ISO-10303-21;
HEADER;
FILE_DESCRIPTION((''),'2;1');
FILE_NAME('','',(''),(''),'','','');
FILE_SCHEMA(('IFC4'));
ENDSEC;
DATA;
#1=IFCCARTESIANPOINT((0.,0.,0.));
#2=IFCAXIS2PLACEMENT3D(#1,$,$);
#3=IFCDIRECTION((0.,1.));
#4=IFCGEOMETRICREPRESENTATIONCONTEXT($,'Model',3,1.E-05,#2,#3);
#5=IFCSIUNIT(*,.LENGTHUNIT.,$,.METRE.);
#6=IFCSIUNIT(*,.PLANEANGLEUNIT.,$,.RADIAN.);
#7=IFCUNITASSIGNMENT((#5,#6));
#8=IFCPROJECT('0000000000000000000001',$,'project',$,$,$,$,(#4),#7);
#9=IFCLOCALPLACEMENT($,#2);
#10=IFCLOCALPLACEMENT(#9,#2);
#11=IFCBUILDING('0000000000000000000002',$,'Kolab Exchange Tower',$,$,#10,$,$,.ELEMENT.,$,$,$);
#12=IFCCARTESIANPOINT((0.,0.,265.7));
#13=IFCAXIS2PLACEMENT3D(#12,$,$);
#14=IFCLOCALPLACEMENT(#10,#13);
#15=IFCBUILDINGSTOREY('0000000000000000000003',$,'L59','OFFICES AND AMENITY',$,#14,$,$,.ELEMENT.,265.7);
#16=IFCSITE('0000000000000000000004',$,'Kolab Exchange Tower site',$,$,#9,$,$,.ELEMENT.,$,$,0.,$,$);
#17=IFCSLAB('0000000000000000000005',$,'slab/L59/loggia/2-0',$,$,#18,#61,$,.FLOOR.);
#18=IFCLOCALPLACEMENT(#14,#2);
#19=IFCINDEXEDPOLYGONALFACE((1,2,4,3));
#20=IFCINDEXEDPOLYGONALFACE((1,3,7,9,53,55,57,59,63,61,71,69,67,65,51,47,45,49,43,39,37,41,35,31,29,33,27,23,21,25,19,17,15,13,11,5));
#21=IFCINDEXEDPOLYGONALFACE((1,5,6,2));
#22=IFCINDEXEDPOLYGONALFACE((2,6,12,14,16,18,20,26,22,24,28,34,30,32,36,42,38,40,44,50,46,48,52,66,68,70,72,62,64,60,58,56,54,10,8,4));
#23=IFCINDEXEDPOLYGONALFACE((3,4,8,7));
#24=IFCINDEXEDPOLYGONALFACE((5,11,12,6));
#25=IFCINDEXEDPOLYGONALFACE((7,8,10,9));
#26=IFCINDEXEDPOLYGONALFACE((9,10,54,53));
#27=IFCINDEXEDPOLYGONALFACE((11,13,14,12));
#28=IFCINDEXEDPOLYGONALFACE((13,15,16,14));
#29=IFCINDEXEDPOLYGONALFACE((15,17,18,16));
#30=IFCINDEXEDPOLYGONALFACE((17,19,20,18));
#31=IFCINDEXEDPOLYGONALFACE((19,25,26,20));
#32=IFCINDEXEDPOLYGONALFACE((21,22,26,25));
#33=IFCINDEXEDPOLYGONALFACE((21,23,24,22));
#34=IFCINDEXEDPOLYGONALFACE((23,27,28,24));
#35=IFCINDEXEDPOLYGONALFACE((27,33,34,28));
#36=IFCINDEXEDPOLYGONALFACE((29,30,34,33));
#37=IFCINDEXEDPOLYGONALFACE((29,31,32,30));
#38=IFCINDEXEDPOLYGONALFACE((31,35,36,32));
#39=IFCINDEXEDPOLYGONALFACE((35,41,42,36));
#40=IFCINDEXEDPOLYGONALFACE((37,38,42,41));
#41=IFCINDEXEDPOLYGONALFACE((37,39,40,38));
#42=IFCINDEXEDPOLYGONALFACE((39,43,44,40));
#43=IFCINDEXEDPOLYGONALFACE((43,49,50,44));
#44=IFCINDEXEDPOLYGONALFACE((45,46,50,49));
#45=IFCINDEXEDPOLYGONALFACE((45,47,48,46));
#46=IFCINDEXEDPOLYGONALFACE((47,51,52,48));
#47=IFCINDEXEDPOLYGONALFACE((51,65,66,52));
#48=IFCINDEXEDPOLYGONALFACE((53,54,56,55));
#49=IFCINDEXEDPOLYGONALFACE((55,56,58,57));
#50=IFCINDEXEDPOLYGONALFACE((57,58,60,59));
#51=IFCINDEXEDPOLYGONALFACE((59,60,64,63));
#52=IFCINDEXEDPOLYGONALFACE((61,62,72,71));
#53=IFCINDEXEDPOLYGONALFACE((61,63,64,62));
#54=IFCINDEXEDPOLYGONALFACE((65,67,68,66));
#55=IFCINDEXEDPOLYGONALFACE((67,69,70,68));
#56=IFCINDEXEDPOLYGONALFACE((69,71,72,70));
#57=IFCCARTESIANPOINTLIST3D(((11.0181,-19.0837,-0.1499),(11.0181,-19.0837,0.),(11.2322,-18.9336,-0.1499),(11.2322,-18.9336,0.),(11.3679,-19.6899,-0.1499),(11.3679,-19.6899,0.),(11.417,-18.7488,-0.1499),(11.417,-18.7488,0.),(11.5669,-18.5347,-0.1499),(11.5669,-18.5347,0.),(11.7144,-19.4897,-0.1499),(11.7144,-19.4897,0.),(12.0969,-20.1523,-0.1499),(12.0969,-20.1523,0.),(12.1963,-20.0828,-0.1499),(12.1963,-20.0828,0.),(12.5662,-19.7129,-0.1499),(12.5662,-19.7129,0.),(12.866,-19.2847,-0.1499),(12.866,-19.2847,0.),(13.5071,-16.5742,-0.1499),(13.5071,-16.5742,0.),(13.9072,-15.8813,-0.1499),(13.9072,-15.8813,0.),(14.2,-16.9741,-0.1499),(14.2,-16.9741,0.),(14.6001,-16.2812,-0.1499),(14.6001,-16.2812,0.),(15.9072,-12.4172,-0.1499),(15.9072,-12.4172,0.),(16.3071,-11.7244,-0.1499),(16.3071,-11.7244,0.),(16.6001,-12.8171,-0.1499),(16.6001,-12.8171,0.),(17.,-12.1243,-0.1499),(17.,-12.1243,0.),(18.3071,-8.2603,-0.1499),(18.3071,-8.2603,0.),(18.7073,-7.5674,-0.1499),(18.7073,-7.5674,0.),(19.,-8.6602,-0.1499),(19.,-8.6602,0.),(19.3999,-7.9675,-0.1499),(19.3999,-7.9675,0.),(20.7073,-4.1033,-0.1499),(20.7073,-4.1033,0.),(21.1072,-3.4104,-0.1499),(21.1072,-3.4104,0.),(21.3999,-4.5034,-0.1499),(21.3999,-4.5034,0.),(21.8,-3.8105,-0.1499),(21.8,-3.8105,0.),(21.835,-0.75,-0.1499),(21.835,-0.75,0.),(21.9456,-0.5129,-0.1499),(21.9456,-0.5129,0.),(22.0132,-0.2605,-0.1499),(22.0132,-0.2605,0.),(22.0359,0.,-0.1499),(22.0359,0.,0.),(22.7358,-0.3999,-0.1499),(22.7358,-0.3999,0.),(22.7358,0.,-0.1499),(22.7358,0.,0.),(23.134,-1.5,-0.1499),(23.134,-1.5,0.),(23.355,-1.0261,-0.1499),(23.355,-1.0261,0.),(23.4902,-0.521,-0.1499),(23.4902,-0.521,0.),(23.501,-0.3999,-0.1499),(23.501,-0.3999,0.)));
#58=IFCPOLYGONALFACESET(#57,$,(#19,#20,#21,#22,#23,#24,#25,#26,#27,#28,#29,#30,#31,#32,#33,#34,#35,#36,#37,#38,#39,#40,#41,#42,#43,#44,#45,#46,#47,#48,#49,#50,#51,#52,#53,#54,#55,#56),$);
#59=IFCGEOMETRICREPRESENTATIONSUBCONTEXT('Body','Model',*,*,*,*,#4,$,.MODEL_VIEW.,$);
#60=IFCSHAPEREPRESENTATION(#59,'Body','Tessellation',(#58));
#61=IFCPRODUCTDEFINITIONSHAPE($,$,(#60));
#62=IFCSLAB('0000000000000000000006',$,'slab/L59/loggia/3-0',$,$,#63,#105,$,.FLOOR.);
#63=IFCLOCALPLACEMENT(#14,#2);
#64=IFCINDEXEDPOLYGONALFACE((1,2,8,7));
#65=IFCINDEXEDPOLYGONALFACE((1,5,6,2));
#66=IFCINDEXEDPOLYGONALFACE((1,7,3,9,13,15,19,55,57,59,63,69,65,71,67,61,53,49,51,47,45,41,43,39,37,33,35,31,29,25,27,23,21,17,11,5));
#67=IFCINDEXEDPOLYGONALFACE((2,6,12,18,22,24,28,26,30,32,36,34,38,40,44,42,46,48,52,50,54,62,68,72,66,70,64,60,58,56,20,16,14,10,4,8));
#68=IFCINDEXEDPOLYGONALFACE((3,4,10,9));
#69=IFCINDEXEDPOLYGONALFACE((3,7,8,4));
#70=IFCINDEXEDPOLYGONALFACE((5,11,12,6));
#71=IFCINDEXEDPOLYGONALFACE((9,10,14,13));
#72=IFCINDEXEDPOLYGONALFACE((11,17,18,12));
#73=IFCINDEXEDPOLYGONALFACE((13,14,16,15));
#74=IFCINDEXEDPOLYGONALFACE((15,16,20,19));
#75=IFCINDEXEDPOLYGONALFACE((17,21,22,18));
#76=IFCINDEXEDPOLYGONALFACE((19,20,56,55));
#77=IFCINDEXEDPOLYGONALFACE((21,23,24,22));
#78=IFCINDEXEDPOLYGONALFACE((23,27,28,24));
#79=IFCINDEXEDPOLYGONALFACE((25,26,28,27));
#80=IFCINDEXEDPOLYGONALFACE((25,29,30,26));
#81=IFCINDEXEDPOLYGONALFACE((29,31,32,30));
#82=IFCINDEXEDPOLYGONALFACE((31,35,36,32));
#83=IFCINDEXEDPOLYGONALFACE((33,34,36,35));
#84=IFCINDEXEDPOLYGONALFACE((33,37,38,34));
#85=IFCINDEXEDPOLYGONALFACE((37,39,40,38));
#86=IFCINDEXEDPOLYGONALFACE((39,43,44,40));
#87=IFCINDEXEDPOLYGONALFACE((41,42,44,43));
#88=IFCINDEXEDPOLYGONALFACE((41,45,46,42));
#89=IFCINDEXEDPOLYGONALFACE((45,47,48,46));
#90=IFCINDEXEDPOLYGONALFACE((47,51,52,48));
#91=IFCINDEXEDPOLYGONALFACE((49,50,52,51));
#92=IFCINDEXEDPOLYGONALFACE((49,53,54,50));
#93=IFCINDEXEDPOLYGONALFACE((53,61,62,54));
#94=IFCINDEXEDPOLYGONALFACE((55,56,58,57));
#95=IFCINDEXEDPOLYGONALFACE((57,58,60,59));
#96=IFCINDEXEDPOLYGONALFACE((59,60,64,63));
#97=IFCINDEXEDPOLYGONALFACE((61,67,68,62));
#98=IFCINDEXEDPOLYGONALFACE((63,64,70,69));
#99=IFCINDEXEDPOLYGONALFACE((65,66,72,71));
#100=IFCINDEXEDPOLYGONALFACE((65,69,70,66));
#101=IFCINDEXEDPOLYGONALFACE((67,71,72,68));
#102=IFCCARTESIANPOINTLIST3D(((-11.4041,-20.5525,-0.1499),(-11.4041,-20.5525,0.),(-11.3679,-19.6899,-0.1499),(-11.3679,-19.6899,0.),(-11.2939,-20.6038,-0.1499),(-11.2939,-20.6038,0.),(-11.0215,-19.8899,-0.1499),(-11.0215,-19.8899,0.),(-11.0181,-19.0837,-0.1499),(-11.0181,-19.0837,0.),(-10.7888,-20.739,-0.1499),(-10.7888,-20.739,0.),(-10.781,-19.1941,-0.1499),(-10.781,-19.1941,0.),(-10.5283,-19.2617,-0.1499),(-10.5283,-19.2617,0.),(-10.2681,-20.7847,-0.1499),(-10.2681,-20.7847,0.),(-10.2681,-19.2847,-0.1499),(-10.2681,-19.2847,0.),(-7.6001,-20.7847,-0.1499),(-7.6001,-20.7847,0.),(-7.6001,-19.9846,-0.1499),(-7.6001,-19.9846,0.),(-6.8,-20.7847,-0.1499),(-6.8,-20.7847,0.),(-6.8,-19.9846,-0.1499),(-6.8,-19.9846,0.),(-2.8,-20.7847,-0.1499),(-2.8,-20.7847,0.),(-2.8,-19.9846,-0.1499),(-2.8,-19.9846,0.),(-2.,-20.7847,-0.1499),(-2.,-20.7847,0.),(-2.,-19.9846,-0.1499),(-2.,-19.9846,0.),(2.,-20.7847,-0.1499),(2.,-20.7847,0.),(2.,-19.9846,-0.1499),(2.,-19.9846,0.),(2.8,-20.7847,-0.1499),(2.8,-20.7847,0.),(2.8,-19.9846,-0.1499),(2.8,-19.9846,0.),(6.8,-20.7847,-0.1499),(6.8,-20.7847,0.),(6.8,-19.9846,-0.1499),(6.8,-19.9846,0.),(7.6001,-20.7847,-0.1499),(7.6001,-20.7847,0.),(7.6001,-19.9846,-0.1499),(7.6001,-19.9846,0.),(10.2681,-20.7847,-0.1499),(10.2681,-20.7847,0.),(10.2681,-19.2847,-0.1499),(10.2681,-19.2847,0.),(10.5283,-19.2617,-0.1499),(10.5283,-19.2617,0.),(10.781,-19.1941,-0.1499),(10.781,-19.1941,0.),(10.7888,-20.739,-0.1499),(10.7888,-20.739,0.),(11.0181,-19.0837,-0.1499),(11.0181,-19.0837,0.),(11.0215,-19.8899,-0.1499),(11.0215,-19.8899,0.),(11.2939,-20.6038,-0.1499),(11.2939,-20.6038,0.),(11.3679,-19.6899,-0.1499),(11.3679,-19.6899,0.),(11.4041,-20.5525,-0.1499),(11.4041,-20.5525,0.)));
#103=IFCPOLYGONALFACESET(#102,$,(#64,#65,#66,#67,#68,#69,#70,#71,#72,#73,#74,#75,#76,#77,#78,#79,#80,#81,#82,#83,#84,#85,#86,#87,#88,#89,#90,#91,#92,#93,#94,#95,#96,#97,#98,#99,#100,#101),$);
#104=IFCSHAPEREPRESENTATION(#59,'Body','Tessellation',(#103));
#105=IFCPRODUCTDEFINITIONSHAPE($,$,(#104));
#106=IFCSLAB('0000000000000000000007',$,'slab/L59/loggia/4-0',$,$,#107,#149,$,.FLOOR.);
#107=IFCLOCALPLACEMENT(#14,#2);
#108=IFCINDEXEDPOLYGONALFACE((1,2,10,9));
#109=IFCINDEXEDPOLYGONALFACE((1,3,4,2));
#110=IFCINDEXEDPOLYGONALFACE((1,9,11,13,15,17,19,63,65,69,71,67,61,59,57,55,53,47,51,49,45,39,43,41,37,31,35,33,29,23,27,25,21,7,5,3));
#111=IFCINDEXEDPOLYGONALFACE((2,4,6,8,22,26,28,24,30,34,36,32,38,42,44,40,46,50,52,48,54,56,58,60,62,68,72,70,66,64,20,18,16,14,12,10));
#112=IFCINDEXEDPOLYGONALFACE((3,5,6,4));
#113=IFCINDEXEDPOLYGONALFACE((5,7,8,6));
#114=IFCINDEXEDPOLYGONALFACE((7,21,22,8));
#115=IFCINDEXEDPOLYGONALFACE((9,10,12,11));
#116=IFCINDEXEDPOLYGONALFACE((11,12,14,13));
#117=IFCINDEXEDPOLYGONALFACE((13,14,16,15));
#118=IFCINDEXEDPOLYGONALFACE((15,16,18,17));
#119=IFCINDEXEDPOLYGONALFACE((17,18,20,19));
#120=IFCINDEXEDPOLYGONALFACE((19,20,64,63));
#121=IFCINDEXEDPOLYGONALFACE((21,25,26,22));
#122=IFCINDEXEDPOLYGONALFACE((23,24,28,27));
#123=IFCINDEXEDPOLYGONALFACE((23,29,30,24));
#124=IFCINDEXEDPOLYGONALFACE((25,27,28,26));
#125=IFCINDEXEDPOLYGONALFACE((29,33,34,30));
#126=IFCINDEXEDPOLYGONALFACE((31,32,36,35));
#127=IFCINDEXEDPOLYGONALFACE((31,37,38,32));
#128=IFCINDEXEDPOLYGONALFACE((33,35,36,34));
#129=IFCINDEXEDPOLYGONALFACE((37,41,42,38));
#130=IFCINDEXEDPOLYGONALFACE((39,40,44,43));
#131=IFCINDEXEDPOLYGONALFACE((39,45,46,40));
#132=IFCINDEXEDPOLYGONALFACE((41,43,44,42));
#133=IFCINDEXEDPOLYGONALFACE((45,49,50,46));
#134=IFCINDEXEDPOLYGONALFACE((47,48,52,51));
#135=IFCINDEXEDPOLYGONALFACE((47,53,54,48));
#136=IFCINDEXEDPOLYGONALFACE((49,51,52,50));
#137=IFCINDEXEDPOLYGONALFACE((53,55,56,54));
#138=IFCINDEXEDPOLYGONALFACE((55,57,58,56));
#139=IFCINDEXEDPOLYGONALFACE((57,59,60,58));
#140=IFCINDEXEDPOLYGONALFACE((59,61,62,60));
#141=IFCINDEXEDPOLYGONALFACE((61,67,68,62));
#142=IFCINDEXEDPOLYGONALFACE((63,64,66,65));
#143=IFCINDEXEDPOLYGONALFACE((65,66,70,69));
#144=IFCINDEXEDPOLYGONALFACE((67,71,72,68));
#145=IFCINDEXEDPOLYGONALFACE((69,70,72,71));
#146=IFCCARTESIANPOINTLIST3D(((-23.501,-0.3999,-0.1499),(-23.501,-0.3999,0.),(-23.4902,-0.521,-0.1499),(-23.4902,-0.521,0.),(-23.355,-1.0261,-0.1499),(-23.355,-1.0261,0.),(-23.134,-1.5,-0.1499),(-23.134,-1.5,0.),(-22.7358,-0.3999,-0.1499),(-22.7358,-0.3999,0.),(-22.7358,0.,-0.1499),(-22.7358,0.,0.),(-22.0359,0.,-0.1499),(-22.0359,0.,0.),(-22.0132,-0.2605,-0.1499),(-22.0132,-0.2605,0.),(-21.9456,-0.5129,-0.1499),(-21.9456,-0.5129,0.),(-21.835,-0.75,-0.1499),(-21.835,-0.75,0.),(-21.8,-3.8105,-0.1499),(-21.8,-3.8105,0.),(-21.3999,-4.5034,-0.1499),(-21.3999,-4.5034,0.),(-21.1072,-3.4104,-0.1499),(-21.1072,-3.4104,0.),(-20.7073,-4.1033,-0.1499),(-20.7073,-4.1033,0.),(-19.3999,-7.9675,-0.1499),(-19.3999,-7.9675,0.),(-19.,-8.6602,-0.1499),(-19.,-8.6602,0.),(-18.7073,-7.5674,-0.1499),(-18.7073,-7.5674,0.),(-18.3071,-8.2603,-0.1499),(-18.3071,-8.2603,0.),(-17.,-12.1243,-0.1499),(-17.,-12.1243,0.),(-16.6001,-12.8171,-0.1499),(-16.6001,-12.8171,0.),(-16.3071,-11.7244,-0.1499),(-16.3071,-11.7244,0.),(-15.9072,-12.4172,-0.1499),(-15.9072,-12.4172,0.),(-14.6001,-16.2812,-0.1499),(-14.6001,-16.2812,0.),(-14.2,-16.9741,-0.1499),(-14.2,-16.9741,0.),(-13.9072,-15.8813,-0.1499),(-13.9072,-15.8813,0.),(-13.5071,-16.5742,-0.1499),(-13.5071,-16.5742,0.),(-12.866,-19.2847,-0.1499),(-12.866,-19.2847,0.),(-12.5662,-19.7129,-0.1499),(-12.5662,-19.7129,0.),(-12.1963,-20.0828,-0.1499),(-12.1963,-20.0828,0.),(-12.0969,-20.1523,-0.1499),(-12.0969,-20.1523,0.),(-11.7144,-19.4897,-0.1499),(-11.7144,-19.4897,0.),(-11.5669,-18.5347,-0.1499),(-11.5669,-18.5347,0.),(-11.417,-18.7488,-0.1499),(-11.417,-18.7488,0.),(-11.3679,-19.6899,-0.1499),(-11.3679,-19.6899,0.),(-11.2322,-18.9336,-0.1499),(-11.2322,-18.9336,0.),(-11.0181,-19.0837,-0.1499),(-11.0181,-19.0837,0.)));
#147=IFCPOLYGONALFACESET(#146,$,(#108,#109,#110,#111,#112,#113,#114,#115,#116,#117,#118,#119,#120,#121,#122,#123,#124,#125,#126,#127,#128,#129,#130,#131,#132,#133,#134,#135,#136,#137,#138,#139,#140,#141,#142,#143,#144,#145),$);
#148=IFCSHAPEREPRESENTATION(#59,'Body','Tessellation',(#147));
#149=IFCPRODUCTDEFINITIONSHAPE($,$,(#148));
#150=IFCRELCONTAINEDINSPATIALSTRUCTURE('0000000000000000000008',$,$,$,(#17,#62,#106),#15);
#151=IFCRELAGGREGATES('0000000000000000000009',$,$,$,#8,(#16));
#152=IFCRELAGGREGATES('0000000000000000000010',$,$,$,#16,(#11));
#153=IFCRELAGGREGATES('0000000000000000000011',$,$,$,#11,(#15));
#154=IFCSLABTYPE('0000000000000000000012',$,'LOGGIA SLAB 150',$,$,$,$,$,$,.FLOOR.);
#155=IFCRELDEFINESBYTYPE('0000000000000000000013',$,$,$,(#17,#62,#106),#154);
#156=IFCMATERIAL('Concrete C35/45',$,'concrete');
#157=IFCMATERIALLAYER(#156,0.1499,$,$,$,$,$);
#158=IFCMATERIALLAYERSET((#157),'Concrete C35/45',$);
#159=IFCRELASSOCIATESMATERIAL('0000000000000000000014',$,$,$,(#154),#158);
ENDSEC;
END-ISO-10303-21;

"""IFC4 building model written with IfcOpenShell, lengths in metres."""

from ifc_helpers import new_model, si_unit, direction, frame, origin, place, context, subcontext, project, spatial, polyline, outline, extrude, material, layer, layer_set, type_object, element, save


model = new_model("IFC4")

# Units and contexts
model_context = context("Model", 3, precision=1e-05, world=origin(), true_north=direction((0.0, 1.0)))
body_context = subcontext(model_context, "Body", "Model", "MODEL_VIEW")
ifc_project = project(units=[si_unit("LENGTHUNIT", "METRE"), si_unit("PLANEANGLEUNIT", "RADIAN")], contexts=[model_context])

# Site, building, storey
site_placement = place(None, origin())
site = spatial("IfcSite", under=ifc_project, at=site_placement, Name="Kolab Exchange Tower site", CompositionType="ELEMENT", RefElevation=0.0)
building_placement = place(site_placement, origin())
building = spatial("IfcBuilding", under=site, at=building_placement, Name="Kolab Exchange Tower", CompositionType="ELEMENT")
storey_placement = place(building_placement, frame((0.0, 0.0, 265.7)))
storey = spatial("IfcBuildingStorey", under=building, at=storey_placement, Name="L59", Description="OFFICES AND AMENITY", CompositionType="ELEMENT", Elevation=265.7)

# Slabs
ifc_material_1 = material(Name="Concrete C35/45", Category="concrete")
ifc_layer_1 = layer(ifc_material_1, 0.1499)
ifc_layer_set_1 = layer_set([ifc_layer_1], Name="Concrete C35/45")
slab_type_1 = type_object("IfcSlabType", Name="LOGGIA SLAB 150", PredefinedType="FLOOR", material=ifc_layer_set_1)
slab_1_placement = place(storey_placement, frame((0.0, 0.0, -0.1499)))
element("IfcSlab", 1, at=slab_1_placement, inside=storey, type_object=slab_type_1, Name="slab/L59/loggia/2-0", PredefinedType="FLOOR", context=body_context, shape_type="SweptSolid", body=[
    extrude(outline(polyline([(12.866, -19.2847), (14.2, -16.9741), (13.5071, -16.5742), (13.9072, -15.8813), (14.6001, -16.2812), (16.6001, -12.8171), (15.9072, -12.4172), (16.3071, -11.7244), (17.0, -12.1243), (19.0, -8.6602), (18.3071, -8.2603), (18.7073, -7.5674), (19.3999, -7.9675), (21.3999, -4.5034), (20.7073, -4.1033), (21.1072, -3.4104), (21.8, -3.8105), (23.134, -1.5), (23.355, -1.0261), (23.4902, -0.521), (23.501, -0.3999), (22.7358, -0.3999), (22.7358, 0.0), (22.0359, 0.0), (22.0132, -0.2605), (21.9456, -0.5129), (21.835, -0.75), (11.5669, -18.5347), (11.417, -18.7488), (11.2322, -18.9336), (11.0181, -19.0837), (11.3679, -19.6899), (11.7144, -19.4897), (12.0969, -20.1523), (12.1963, -20.0828), (12.5662, -19.7129), (12.866, -19.2847)])), origin(), (0.0, 0.0, 1.0), 0.1499),
])
slab_2_placement = place(storey_placement, frame((0.0, 0.0, -0.1499)))
element("IfcSlab", 2, at=slab_2_placement, inside=storey, type_object=slab_type_1, Name="slab/L59/loggia/3-0", PredefinedType="FLOOR", context=body_context, shape_type="SweptSolid", body=[
    extrude(outline(polyline([(-11.0181, -19.0837), (-11.3679, -19.6899), (-11.0215, -19.8899), (-11.4041, -20.5525), (-11.2939, -20.6038), (-10.7888, -20.739), (-10.2681, -20.7847), (-7.6001, -20.7847), (-7.6001, -19.9846), (-6.8, -19.9846), (-6.8, -20.7847), (-2.8, -20.7847), (-2.8, -19.9846), (-2.0, -19.9846), (-2.0, -20.7847), (2.0, -20.7847), (2.0, -19.9846), (2.8, -19.9846), (2.8, -20.7847), (6.8, -20.7847), (6.8, -19.9846), (7.6001, -19.9846), (7.6001, -20.7847), (10.2681, -20.7847), (10.7888, -20.739), (11.2939, -20.6038), (11.4041, -20.5525), (11.0215, -19.8899), (11.3679, -19.6899), (11.0181, -19.0837), (10.781, -19.1941), (10.5283, -19.2617), (10.2681, -19.2847), (-10.2681, -19.2847), (-10.5283, -19.2617), (-10.781, -19.1941), (-11.0181, -19.0837)])), origin(), (0.0, 0.0, 1.0), 0.1499),
])
slab_3_placement = place(storey_placement, frame((0.0, 0.0, -0.1499)))
element("IfcSlab", 3, at=slab_3_placement, inside=storey, type_object=slab_type_1, Name="slab/L59/loggia/4-0", PredefinedType="FLOOR", context=body_context, shape_type="SweptSolid", body=[
    extrude(outline(polyline([(-22.0359, 0.0), (-22.7358, 0.0), (-22.7358, -0.3999), (-23.501, -0.3999), (-23.4902, -0.521), (-23.355, -1.0261), (-23.134, -1.5), (-21.8, -3.8105), (-21.1072, -3.4104), (-20.7073, -4.1033), (-21.3999, -4.5034), (-19.3999, -7.9675), (-18.7073, -7.5674), (-18.3071, -8.2603), (-19.0, -8.6602), (-17.0, -12.1243), (-16.3071, -11.7244), (-15.9072, -12.4172), (-16.6001, -12.8171), (-14.6001, -16.2812), (-13.9072, -15.8813), (-13.5071, -16.5742), (-14.2, -16.9741), (-12.866, -19.2847), (-12.5662, -19.7129), (-12.1963, -20.0828), (-12.0969, -20.1523), (-11.7144, -19.4897), (-11.3679, -19.6899), (-11.0181, -19.0837), (-11.2322, -18.9336), (-11.417, -18.7488), (-11.5669, -18.5347), (-21.835, -0.75), (-21.9456, -0.5129), (-22.0132, -0.2605), (-22.0359, 0.0)])), origin(), (0.0, 0.0, 1.0), 0.1499),
])

save(model, "model.ifc")
